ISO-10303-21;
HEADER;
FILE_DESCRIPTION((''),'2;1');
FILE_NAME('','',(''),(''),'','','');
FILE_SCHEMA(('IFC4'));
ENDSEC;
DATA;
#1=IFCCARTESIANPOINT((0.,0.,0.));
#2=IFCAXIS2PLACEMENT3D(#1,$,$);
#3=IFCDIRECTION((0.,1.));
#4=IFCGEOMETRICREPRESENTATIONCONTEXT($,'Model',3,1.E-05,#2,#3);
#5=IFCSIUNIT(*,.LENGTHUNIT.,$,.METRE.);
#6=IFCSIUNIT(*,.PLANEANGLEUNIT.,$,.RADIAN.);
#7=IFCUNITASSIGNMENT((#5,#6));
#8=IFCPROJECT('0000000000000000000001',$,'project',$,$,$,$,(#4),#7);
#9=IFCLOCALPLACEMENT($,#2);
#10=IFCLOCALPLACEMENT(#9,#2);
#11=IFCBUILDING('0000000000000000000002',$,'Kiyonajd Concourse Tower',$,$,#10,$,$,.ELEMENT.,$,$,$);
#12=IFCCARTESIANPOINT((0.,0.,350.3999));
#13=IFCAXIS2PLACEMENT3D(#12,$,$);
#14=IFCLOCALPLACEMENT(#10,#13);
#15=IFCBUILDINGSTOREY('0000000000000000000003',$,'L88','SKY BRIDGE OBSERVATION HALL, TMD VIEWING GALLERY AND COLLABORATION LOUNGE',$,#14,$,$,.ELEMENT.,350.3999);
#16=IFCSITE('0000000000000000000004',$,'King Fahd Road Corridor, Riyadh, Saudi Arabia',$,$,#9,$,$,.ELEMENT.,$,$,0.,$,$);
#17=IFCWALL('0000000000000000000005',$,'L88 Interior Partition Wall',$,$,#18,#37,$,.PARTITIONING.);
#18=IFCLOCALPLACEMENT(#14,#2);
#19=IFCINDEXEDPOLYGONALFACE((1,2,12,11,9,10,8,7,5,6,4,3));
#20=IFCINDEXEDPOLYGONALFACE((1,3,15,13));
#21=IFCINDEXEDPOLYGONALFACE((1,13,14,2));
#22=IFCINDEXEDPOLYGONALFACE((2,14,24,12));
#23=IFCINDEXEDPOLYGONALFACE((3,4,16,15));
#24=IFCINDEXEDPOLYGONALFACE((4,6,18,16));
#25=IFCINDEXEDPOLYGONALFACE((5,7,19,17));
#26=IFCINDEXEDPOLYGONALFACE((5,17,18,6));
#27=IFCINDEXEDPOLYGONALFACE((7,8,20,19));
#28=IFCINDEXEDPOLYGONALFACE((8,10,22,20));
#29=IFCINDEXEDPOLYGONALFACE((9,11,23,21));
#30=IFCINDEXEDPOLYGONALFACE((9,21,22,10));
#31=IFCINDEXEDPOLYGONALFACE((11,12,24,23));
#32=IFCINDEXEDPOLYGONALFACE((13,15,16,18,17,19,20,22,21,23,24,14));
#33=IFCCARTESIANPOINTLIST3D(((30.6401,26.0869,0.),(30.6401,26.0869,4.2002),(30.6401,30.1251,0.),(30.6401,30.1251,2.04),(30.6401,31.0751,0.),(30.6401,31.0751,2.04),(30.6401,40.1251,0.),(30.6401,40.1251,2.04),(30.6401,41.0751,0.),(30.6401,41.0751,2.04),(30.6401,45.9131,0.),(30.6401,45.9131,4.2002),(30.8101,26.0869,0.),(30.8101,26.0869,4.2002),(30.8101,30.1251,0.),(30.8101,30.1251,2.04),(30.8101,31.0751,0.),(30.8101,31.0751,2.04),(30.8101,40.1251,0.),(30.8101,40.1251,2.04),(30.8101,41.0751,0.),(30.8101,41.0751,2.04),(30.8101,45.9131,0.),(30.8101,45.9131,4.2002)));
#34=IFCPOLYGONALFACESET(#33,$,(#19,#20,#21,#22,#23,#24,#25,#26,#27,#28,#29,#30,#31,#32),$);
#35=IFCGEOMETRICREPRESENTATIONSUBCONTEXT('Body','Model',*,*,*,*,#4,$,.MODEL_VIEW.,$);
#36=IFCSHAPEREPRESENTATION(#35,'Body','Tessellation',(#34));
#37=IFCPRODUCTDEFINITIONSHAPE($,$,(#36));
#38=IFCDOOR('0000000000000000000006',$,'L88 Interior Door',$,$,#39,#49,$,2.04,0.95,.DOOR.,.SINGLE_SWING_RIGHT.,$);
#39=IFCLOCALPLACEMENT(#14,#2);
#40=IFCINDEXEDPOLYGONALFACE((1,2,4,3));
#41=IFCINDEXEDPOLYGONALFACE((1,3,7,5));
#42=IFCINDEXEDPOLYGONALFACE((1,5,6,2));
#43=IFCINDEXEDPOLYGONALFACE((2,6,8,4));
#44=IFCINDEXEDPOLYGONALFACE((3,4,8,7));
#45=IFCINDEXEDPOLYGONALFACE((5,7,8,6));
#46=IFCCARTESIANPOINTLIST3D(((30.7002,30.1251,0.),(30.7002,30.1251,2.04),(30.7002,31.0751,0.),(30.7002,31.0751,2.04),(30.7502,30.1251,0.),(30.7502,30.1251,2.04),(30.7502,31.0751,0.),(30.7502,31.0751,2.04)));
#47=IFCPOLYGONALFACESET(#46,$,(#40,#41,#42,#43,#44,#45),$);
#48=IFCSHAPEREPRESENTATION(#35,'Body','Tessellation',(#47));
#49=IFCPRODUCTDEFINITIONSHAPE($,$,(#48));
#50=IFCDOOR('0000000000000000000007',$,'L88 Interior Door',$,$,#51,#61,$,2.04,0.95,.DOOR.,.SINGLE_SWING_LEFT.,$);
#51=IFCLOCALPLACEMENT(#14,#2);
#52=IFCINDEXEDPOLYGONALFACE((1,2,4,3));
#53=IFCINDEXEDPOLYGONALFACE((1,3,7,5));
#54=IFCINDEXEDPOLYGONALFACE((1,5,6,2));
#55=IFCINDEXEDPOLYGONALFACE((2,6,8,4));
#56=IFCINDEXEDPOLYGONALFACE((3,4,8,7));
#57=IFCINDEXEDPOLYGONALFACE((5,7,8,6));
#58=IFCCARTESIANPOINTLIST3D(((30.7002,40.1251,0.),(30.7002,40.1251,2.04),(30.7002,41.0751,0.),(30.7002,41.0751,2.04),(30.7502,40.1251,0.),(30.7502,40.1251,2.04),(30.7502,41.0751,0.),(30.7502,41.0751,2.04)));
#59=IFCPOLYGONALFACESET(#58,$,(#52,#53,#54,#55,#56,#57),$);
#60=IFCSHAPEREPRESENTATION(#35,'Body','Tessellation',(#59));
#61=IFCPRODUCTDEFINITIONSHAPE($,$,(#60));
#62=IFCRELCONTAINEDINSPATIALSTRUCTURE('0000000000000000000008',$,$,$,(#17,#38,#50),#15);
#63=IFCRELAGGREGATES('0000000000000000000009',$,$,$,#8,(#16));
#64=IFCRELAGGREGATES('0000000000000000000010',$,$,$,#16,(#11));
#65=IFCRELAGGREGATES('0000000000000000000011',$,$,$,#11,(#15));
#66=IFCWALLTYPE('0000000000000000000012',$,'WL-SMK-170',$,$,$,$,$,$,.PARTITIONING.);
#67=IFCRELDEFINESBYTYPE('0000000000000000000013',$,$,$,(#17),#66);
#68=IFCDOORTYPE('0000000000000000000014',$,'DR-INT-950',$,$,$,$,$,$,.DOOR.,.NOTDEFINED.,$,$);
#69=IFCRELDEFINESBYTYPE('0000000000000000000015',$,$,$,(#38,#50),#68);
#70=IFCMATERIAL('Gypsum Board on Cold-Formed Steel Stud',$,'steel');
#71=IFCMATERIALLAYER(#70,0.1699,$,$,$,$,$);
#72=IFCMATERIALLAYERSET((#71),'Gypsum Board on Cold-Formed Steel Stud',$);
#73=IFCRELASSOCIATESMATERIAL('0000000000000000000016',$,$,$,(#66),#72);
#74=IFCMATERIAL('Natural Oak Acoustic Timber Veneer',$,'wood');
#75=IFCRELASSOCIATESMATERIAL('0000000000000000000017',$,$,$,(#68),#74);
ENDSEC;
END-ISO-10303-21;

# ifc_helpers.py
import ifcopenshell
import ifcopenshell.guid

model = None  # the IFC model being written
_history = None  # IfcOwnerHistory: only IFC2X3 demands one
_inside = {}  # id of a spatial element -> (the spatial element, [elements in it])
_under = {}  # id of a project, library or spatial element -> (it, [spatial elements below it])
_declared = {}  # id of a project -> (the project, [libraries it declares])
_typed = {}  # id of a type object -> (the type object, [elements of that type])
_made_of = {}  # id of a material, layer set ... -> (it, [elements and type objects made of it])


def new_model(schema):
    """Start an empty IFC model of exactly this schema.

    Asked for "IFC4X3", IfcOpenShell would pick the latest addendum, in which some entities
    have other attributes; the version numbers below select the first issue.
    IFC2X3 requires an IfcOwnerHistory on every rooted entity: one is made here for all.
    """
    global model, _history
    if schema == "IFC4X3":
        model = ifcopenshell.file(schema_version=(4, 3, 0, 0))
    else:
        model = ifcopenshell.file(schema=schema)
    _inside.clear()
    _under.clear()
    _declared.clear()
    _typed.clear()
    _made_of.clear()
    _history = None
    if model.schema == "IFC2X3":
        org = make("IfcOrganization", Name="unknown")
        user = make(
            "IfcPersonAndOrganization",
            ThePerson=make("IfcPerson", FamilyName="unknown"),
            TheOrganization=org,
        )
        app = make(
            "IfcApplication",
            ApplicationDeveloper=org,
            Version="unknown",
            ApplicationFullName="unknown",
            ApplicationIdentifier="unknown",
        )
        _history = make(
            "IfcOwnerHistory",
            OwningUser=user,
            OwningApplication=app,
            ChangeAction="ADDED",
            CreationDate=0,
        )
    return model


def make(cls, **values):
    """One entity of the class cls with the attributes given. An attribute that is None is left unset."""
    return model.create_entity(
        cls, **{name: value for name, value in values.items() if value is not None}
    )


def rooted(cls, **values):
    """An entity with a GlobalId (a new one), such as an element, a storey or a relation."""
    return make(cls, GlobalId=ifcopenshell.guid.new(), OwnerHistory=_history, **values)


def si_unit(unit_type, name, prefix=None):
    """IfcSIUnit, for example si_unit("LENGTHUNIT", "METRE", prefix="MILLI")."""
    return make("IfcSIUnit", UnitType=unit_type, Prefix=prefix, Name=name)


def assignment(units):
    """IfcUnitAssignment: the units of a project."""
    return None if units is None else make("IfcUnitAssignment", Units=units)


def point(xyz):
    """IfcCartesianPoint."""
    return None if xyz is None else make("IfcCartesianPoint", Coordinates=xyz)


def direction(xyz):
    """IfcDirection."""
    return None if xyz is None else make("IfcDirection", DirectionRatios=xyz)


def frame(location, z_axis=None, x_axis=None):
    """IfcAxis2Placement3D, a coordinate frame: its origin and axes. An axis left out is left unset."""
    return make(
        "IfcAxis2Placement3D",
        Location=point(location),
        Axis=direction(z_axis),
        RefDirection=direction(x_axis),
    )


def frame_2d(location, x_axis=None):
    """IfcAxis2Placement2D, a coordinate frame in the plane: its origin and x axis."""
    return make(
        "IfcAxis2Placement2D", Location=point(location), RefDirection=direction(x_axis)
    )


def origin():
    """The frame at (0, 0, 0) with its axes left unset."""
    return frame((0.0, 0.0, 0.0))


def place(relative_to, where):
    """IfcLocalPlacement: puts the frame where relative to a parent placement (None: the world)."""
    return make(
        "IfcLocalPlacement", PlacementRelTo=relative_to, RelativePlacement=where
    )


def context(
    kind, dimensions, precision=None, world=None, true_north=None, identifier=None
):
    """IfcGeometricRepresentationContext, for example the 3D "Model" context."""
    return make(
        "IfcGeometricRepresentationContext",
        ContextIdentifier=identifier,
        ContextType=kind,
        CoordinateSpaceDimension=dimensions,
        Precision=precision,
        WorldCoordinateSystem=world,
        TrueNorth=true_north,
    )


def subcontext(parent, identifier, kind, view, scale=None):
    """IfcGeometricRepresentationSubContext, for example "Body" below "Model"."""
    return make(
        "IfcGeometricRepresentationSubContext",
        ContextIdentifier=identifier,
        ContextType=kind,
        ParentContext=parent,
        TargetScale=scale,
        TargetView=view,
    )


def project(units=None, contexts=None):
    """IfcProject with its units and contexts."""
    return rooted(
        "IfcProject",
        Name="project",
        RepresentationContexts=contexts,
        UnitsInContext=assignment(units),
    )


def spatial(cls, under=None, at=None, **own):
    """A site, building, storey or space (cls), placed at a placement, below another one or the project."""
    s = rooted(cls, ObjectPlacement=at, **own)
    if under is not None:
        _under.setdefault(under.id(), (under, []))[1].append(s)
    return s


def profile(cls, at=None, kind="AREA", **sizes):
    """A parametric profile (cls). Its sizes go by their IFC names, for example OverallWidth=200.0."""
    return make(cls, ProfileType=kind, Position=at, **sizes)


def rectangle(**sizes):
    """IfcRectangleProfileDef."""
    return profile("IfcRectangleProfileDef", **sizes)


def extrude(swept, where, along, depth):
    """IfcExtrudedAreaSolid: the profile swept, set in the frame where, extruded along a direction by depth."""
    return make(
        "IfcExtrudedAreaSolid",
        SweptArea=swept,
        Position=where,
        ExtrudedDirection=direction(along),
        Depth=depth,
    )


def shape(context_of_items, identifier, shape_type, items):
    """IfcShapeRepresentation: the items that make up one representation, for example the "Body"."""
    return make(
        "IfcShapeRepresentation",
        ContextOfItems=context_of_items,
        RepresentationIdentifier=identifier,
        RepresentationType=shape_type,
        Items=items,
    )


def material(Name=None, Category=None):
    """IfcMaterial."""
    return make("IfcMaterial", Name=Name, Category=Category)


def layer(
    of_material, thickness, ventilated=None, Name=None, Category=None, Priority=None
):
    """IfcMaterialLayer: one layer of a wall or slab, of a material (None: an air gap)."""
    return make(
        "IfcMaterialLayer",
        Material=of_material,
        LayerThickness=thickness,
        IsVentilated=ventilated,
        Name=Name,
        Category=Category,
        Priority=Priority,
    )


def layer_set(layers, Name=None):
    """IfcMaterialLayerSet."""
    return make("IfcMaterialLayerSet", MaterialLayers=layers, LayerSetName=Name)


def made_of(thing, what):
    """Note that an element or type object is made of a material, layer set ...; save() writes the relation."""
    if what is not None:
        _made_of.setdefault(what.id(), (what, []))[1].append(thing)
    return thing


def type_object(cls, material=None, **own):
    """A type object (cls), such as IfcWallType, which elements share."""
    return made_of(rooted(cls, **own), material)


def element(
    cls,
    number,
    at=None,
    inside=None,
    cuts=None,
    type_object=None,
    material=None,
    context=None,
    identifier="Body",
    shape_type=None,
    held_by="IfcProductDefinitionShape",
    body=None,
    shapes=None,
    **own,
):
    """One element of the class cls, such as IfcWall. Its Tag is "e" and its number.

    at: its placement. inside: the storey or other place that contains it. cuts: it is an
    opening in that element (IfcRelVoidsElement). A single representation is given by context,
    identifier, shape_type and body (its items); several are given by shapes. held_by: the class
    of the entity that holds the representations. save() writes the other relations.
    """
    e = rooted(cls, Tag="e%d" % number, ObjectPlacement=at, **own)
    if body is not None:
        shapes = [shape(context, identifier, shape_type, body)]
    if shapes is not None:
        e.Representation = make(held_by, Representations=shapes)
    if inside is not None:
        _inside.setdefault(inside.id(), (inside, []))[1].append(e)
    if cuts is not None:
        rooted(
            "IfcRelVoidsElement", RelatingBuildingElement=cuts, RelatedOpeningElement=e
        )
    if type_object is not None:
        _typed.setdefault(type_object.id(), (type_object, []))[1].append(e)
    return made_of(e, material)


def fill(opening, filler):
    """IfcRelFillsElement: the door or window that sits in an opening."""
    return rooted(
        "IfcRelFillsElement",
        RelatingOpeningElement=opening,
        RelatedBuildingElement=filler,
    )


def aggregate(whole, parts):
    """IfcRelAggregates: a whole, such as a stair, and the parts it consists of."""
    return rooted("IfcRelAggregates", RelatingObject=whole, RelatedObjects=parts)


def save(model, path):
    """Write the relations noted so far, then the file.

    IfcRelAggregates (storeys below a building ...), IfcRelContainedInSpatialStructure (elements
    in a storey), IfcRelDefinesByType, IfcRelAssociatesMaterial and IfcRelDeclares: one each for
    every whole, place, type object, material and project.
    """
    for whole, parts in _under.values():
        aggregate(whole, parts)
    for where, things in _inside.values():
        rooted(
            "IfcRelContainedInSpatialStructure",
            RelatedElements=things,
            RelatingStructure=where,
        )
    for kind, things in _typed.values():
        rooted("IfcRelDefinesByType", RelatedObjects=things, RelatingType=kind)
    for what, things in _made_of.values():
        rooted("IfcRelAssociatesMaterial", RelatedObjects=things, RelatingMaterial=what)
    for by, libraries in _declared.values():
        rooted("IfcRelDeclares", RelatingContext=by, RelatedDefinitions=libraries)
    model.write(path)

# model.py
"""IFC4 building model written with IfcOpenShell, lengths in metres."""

from ifc_helpers import new_model, si_unit, direction, frame, frame_2d, origin, place, context, subcontext, project, spatial, rectangle, extrude, material, layer, layer_set, type_object, element, fill, save


model = new_model("IFC4")

# Units and contexts
model_context = context("Model", 3, precision=1e-05, world=origin(), true_north=direction((0.0, 1.0)))
body_context = subcontext(model_context, "Body", "Model", "MODEL_VIEW")
ifc_project = project(units=[si_unit("LENGTHUNIT", "METRE"), si_unit("PLANEANGLEUNIT", "RADIAN")], contexts=[model_context])

# Site, building, storey
site_placement = place(None, origin())
site = spatial("IfcSite", under=ifc_project, at=site_placement, Name="King Fahd Road Corridor, Riyadh, Saudi Arabia", CompositionType="ELEMENT", RefElevation=0.0)
building_placement = place(site_placement, origin())
building = spatial("IfcBuilding", under=site, at=building_placement, Name="Kiyonajd Concourse Tower", CompositionType="ELEMENT")
storey_placement = place(building_placement, frame((0.0, 0.0, 350.3999)))
storey = spatial("IfcBuildingStorey", under=building, at=storey_placement, Name="L88", Description="SKY BRIDGE OBSERVATION HALL, TMD VIEWING GALLERY AND COLLABORATION LOUNGE", CompositionType="ELEMENT", Elevation=350.3999)

# Wall, openings, doors
ifc_material_1 = material(Name="Gypsum Board on Cold-Formed Steel Stud", Category="steel")
ifc_layer_1 = layer(ifc_material_1, 0.1699)
ifc_layer_set_1 = layer_set([ifc_layer_1], Name="Gypsum Board on Cold-Formed Steel Stud")
wall_type_1 = type_object("IfcWallType", Name="WL-SMK-170", PredefinedType="PARTITIONING", material=ifc_layer_set_1)
ifc_material_2 = material(Name="Natural Oak Acoustic Timber Veneer", Category="wood")
door_type = type_object("IfcDoorType", Name="DR-INT-950", OperationType="NOTDEFINED", PredefinedType="DOOR", material=ifc_material_2)
wall_1_placement = place(storey_placement, frame((30.7251, 26.0869, 0.0), z_axis=(0.0, 0.0, 1.0), x_axis=(0.0, 1.0, 0.0)))
wall_1 = element("IfcWall", 1, at=wall_1_placement, inside=storey, type_object=wall_type_1, Name="L88 Interior Partition Wall", PredefinedType="PARTITIONING", context=body_context, shape_type="SweptSolid", body=[
    extrude(rectangle(XDim=19.8262, YDim=0.1699, at=frame_2d((9.9131, 0.0))), origin(), (0.0, 0.0, 1.0), 4.2002),
])
opening_1_placement = place(wall_1_placement, frame((4.0381, 0.0, 0.0)))
opening_1 = element("IfcOpeningElement", 2, at=opening_1_placement, cuts=wall_1, PredefinedType="OPENING", context=body_context, shape_type="SweptSolid", body=[
    extrude(rectangle(XDim=0.95, YDim=2.04, at=frame_2d((0.4751, 1.02))), frame((0.0, 0.095, 0.0), z_axis=(0.0, -1.0, 0.0), x_axis=(1.0, 0.0, 0.0)), (0.0, 0.0, 1.0), 0.1899),
])
opening_2_placement = place(wall_1_placement, frame((14.0381, 0.0, 0.0)))
opening_2 = element("IfcOpeningElement", 3, at=opening_2_placement, cuts=wall_1, PredefinedType="OPENING", context=body_context, shape_type="SweptSolid", body=[
    extrude(rectangle(XDim=0.95, YDim=2.04, at=frame_2d((0.4751, 1.02))), frame((0.0, 0.095, 0.0), z_axis=(0.0, -1.0, 0.0), x_axis=(1.0, 0.0, 0.0)), (0.0, 0.0, 1.0), 0.1899),
])
door_1_placement = place(opening_1_placement, origin())
door_1 = element("IfcDoor", 4, at=door_1_placement, inside=storey, type_object=door_type, Name="L88 Interior Door", OperationType="SINGLE_SWING_RIGHT", OverallHeight=2.04, OverallWidth=0.95, PredefinedType="DOOR", context=body_context, shape_type="SweptSolid", body=[
    extrude(rectangle(XDim=0.95, YDim=2.04, at=frame_2d((0.4751, 1.02))), frame((0.0, 0.0249, 0.0), z_axis=(0.0, -1.0, 0.0), x_axis=(1.0, 0.0, 0.0)), (0.0, 0.0, 1.0), 0.05),
])
fill(opening_1, door_1)
door_2_placement = place(opening_2_placement, origin())
door_2 = element("IfcDoor", 5, at=door_2_placement, inside=storey, type_object=door_type, Name="L88 Interior Door", OperationType="SINGLE_SWING_LEFT", OverallHeight=2.04, OverallWidth=0.95, PredefinedType="DOOR", context=body_context, shape_type="SweptSolid", body=[
    extrude(rectangle(XDim=0.95, YDim=2.04, at=frame_2d((0.4751, 1.02))), frame((0.0, 0.0249, 0.0), z_axis=(0.0, -1.0, 0.0), x_axis=(1.0, 0.0, 0.0)), (0.0, 0.0, 1.0), 0.05),
])
fill(opening_2, door_2)

save(model, "model.ifc")
